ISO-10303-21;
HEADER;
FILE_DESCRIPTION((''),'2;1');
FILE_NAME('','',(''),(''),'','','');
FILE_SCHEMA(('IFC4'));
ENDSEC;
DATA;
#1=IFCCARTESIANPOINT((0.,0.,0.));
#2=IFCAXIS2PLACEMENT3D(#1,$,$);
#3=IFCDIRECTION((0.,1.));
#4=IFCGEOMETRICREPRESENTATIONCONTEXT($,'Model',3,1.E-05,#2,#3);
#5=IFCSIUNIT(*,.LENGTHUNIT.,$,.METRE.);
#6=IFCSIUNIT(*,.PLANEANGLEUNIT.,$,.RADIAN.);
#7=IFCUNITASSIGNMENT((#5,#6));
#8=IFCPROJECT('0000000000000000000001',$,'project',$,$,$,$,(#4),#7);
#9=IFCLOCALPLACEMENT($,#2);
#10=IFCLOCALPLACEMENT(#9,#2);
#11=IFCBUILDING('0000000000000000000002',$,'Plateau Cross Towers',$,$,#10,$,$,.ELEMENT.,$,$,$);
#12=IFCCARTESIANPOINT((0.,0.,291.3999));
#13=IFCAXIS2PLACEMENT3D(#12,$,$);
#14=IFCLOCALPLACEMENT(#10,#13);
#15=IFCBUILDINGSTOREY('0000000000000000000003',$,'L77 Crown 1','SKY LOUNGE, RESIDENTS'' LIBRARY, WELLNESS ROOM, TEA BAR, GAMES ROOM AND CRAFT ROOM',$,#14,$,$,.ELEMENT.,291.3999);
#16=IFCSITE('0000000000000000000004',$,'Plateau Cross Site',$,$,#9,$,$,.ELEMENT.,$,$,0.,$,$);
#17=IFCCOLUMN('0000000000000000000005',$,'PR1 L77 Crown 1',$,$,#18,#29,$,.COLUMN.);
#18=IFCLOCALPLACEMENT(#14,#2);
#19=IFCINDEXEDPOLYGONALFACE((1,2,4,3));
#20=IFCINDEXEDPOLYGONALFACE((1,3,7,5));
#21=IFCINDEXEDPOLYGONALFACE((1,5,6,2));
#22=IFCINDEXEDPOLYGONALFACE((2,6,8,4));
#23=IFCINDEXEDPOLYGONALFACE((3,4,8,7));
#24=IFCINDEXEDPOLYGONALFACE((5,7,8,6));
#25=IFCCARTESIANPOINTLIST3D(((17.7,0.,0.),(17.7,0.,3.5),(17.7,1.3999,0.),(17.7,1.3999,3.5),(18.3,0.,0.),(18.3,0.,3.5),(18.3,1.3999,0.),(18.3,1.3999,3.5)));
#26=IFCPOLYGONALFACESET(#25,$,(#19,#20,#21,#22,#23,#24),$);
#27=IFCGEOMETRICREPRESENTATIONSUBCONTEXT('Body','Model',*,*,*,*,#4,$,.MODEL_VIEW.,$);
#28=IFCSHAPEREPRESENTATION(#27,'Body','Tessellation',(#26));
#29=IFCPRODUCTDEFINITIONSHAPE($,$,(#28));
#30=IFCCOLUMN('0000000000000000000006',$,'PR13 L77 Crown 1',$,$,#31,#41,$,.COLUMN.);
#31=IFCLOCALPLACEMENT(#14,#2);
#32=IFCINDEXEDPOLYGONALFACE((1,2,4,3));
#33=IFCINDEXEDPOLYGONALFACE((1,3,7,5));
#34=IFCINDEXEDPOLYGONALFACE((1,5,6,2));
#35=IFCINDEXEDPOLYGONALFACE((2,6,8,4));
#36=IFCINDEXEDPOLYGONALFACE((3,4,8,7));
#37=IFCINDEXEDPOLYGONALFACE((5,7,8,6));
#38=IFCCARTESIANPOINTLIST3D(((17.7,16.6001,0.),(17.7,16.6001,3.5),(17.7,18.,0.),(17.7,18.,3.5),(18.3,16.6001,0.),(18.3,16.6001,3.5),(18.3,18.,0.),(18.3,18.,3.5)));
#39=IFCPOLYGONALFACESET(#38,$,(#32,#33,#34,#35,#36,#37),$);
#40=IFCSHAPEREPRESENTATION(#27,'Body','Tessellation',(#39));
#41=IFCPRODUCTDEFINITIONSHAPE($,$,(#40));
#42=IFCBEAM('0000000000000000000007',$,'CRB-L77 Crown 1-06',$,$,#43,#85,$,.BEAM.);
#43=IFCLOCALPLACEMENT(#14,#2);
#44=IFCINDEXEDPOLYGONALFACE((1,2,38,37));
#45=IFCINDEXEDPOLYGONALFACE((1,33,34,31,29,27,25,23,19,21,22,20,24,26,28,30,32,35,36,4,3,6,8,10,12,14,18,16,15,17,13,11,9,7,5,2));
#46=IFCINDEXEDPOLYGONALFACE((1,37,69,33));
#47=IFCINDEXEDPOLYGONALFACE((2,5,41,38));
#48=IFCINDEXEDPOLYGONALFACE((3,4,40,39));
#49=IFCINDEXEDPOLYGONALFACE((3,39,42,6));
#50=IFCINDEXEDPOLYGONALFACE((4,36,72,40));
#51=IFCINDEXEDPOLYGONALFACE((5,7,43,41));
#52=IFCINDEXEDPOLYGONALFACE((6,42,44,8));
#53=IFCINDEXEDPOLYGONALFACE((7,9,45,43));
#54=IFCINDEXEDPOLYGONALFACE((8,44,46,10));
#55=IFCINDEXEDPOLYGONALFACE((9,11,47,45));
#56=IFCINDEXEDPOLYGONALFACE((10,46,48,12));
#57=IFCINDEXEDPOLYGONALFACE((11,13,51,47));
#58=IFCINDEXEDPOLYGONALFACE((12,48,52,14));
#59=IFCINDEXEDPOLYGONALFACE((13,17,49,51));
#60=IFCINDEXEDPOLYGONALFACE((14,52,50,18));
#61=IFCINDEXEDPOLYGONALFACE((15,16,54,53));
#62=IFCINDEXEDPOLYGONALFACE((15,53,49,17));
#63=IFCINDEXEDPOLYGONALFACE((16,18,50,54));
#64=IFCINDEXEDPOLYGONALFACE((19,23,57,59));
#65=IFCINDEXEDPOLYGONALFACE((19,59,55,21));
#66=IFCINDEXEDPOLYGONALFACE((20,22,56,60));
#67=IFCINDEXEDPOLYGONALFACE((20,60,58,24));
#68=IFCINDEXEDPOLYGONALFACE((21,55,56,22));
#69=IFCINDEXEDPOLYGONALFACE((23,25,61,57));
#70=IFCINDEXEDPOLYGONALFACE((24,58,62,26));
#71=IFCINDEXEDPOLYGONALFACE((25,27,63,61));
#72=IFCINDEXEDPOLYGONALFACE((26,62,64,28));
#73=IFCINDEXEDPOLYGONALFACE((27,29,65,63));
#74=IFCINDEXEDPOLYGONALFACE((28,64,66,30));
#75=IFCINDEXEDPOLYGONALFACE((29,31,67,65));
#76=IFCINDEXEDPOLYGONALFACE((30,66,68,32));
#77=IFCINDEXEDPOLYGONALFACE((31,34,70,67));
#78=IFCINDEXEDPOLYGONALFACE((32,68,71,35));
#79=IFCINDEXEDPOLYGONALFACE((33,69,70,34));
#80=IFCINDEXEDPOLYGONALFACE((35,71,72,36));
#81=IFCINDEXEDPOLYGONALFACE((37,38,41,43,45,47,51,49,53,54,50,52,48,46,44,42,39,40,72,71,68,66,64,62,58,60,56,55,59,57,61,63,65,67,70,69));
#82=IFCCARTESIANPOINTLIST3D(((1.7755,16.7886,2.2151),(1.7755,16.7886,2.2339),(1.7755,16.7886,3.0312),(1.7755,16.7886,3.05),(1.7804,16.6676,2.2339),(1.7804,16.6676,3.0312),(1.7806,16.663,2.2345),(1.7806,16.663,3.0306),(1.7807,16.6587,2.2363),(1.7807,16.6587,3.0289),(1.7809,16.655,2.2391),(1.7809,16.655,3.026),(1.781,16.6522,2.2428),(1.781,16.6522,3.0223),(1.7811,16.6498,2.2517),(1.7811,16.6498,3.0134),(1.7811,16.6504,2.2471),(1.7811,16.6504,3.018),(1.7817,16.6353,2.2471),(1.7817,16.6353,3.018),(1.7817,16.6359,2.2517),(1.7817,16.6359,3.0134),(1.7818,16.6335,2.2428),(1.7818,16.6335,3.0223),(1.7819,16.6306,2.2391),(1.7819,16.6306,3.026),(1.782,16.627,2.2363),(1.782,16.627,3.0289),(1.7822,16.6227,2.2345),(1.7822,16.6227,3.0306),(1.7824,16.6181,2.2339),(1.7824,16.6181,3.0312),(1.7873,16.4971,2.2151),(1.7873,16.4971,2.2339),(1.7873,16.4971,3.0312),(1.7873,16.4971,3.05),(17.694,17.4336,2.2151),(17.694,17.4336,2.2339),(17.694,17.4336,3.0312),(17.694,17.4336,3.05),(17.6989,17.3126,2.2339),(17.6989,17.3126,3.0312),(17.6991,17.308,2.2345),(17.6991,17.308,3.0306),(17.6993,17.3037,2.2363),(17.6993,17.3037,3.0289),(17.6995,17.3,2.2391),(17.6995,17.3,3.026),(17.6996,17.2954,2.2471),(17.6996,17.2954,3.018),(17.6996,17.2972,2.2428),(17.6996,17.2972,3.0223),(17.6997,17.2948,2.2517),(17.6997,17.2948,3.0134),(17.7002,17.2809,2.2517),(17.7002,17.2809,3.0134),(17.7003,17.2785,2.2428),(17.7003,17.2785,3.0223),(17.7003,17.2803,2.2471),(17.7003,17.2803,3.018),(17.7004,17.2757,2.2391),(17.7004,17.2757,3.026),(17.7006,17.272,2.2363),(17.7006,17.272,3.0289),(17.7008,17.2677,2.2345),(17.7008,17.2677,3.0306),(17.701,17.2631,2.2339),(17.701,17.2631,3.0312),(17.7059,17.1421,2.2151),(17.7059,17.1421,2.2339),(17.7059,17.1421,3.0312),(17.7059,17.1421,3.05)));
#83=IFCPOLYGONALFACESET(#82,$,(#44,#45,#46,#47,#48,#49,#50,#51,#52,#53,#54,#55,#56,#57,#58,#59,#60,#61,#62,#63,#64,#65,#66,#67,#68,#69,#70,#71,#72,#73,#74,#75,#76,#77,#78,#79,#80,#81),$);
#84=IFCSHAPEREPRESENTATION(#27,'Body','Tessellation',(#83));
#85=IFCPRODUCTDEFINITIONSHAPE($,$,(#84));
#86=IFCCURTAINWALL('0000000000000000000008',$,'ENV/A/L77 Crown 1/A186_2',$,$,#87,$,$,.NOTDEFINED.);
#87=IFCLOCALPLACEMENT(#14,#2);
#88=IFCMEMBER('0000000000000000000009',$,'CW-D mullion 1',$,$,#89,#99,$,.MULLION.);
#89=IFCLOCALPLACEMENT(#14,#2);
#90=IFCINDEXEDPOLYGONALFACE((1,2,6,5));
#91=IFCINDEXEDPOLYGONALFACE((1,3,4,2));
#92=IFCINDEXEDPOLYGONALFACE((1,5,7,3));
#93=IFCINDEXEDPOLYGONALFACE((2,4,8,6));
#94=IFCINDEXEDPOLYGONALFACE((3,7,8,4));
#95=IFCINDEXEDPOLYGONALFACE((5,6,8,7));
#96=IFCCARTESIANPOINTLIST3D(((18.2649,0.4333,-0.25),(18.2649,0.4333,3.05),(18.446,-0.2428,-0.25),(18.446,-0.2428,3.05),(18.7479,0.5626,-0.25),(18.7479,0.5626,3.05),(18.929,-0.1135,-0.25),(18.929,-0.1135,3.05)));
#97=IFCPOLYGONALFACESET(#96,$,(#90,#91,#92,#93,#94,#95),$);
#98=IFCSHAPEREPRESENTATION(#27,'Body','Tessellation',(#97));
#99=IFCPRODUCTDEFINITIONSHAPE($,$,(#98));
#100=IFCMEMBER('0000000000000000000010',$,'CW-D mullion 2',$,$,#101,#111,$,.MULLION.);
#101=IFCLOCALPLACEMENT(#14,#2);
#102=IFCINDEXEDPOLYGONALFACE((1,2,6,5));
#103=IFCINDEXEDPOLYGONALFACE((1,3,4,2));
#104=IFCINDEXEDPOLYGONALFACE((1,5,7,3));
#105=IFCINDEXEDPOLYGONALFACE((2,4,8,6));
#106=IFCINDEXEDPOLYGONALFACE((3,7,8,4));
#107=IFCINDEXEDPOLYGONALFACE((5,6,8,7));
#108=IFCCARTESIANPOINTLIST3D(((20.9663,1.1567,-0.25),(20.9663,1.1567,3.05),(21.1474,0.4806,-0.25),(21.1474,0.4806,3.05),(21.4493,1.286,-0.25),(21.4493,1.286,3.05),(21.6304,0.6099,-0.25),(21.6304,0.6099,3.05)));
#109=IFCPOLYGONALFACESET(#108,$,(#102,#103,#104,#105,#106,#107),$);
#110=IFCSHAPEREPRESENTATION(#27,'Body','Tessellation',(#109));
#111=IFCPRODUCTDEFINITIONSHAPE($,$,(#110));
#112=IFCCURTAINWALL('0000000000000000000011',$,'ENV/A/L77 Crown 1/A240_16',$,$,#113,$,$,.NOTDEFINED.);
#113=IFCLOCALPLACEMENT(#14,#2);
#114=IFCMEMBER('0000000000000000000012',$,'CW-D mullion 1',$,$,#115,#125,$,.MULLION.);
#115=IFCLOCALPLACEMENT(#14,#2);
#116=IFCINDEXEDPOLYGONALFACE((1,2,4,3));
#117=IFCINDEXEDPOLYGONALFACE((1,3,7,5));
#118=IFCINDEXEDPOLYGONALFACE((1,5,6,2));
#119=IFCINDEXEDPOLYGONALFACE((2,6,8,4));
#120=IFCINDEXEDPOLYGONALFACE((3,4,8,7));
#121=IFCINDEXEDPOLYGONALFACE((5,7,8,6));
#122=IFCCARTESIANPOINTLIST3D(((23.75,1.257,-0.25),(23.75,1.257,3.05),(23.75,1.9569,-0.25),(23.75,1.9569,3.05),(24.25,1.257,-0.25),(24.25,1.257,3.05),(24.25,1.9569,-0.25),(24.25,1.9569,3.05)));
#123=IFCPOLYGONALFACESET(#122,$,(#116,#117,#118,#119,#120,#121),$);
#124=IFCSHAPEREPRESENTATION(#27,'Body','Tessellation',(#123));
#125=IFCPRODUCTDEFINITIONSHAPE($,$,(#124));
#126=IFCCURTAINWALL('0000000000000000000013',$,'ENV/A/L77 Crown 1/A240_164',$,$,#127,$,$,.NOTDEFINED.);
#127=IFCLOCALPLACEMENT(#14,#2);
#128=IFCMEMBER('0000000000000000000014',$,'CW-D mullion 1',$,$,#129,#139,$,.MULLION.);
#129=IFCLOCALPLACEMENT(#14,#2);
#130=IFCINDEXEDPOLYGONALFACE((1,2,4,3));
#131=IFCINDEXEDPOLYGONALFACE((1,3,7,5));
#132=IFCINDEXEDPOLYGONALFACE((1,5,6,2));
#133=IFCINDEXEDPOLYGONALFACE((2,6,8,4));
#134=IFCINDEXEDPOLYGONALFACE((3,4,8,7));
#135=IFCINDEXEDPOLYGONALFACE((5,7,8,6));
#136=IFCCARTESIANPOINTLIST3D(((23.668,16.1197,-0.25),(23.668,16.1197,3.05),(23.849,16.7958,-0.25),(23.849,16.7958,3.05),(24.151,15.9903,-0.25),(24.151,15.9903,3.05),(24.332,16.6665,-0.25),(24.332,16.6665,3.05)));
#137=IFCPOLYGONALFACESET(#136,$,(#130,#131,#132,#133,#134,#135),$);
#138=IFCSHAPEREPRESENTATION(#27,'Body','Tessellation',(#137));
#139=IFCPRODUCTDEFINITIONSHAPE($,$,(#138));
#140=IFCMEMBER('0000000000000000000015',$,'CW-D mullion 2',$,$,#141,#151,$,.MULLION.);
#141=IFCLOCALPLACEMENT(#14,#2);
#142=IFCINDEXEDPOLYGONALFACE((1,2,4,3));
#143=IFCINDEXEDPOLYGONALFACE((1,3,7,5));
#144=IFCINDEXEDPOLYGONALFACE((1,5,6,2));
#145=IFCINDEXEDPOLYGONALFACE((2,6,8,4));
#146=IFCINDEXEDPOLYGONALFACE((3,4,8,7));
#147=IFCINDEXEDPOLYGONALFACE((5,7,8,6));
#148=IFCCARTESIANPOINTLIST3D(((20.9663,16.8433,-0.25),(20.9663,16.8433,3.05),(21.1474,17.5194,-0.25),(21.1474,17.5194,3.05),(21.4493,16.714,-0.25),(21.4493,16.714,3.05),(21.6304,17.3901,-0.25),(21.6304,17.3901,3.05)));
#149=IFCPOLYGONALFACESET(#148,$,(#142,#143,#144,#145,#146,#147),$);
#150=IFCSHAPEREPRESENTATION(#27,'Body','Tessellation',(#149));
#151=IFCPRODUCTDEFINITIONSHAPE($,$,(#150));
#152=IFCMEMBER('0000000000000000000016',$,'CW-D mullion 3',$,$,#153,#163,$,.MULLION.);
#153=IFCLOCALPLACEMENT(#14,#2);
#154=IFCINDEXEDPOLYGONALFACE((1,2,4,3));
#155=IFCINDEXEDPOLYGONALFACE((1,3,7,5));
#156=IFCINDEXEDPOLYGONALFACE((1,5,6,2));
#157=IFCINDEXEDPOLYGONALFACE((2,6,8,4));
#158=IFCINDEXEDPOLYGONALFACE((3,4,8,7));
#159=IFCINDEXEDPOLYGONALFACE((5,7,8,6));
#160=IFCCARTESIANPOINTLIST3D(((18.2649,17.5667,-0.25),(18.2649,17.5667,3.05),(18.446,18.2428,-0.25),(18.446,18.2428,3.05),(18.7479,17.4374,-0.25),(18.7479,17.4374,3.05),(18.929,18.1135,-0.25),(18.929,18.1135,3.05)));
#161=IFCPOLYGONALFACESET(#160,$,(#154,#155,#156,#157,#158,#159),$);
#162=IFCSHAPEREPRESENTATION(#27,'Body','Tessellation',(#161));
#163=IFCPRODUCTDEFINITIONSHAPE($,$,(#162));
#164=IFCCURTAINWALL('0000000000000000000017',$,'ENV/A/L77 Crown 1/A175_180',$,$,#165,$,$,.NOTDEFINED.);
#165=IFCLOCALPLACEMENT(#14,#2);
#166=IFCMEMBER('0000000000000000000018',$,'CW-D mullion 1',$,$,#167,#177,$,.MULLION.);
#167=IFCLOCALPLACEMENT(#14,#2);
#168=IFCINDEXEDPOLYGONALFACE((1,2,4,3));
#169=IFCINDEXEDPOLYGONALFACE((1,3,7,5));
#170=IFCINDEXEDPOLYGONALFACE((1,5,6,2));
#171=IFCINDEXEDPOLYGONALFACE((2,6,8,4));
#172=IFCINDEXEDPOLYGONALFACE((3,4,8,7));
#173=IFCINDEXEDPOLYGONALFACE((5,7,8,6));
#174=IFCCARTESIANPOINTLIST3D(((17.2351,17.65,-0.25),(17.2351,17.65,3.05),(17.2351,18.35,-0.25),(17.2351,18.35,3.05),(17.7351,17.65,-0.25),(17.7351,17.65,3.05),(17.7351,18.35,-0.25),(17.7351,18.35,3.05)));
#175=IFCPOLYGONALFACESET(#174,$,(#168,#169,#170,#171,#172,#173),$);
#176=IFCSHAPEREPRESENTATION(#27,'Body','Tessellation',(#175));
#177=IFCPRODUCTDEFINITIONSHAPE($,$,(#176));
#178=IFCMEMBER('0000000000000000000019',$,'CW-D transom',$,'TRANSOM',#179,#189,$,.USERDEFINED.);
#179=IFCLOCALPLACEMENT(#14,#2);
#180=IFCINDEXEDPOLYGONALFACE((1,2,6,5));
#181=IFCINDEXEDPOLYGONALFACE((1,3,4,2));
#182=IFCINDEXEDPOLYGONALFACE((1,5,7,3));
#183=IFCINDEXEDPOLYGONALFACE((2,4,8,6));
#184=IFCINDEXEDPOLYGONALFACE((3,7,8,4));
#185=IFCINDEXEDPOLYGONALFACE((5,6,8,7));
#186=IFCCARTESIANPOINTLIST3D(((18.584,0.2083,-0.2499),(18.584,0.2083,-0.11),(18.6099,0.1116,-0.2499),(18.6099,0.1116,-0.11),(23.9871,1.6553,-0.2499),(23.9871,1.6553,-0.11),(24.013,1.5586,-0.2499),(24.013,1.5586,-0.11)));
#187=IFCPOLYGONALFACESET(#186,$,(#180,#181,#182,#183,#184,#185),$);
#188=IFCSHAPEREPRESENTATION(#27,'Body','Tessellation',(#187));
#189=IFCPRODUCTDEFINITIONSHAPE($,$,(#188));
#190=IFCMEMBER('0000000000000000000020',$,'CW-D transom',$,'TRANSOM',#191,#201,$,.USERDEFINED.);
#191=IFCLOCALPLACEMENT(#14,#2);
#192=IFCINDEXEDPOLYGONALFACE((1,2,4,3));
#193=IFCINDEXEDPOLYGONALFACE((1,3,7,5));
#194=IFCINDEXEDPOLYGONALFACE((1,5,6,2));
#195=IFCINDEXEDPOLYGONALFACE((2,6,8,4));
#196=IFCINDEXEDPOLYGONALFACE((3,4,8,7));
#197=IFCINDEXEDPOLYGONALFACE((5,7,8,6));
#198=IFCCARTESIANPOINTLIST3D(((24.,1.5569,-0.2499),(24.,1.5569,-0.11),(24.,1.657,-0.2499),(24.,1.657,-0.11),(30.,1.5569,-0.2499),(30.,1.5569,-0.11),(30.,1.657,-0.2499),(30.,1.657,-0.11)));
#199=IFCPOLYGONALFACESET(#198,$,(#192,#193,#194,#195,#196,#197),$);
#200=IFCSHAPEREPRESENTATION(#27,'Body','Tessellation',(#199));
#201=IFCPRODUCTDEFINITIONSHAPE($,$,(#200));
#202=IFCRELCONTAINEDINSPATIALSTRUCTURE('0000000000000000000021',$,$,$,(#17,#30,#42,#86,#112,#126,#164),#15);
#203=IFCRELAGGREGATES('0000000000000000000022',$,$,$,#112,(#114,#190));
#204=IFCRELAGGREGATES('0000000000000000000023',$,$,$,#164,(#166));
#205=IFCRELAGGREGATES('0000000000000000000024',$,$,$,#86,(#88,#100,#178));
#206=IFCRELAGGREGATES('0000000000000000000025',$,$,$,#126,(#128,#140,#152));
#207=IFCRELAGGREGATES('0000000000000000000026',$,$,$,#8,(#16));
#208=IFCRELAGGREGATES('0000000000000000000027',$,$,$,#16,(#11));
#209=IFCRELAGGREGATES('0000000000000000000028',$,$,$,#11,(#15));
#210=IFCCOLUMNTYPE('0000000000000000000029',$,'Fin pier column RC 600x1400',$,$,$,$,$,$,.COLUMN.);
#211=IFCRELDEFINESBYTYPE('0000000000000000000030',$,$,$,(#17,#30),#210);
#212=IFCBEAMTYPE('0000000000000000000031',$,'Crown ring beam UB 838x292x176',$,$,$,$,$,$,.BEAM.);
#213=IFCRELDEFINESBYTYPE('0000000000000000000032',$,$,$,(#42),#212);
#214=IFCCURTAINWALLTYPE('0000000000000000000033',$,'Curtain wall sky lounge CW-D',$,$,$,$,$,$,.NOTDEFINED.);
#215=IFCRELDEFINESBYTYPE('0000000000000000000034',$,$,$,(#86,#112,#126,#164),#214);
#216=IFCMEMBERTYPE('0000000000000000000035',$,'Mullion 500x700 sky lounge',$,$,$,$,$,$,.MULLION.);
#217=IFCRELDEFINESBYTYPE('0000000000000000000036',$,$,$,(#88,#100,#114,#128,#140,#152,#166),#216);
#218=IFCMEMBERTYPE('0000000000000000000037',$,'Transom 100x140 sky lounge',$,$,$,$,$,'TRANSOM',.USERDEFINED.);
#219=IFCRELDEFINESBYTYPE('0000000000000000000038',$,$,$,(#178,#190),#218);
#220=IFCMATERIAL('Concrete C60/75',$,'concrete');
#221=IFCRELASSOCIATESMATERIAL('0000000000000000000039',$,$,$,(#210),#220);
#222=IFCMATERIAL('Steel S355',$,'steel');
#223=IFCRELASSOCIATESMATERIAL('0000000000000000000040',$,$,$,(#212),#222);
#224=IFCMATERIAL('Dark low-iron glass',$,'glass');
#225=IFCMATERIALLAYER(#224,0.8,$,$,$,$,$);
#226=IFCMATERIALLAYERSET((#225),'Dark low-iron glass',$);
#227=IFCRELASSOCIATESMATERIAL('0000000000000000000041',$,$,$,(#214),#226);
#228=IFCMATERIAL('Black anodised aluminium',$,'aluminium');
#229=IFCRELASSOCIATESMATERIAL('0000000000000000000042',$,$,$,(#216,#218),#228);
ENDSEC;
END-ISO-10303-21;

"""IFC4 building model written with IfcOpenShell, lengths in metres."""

from ifc_helpers import new_model, si_unit, direction, frame, origin, origin_2d, place, context, subcontext, project, spatial, rectangle, i_section, extrude, material, layer, layer_set, material_profile, profile_set, type_object, element, aggregate, save


model = new_model("IFC4")

# Units and contexts
model_context = context("Model", 3, precision=1e-05, world=origin(), true_north=direction((0.0, 1.0)))
body_context = subcontext(model_context, "Body", "Model", "MODEL_VIEW")
ifc_project = project(units=[si_unit("LENGTHUNIT", "METRE"), si_unit("PLANEANGLEUNIT", "RADIAN")], contexts=[model_context])

# Site, building, storey
site_placement = place(None, origin())
site = spatial("IfcSite", under=ifc_project, at=site_placement, Name="Plateau Cross Site", CompositionType="ELEMENT", RefElevation=0.0)
building_placement = place(site_placement, origin())
building = spatial("IfcBuilding", under=site, at=building_placement, Name="Plateau Cross Towers", CompositionType="ELEMENT")
storey_placement = place(building_placement, frame((0.0, 0.0, 291.3999)))
storey = spatial("IfcBuildingStorey", under=building, at=storey_placement, Name="L77 Crown 1", Description="SKY LOUNGE, RESIDENTS' LIBRARY, WELLNESS ROOM, TEA BAR, GAMES ROOM AND CRAFT ROOM", CompositionType="ELEMENT", Elevation=291.3999)

# Columns
ifc_material_1 = material(Name="Concrete C60/75", Category="concrete")
ifc_material_profile_1 = material_profile(ifc_material_1, rectangle(XDim=0.6001, YDim=1.3999, at=origin_2d()), Name="RC 600x1400")
ifc_profile_set_1 = profile_set([ifc_material_profile_1], Name="Concrete C60/75")
column_type = type_object("IfcColumnType", Name="Fin pier column RC 600x1400", PredefinedType="COLUMN", material=ifc_profile_set_1)
for number, where, z_axis, x_axis, name in (
    (1, (18.0, 0.7, 0.0), (0.0, 0.0, 1.0), (1.0, 0.0, 0.0), "PR1 L77 Crown 1"),
    (2, (18.0, 17.3, 0.0), (0.0, 0.0, 1.0), (1.0, 0.0, 0.0), "PR13 L77 Crown 1"),
):
    element("IfcColumn", number, at=place(storey_placement, frame(where, z_axis=z_axis, x_axis=x_axis)), inside=storey, type_object=column_type, Name=name, PredefinedType="COLUMN", context=body_context, shape_type="SweptSolid", body=[
        extrude(rectangle(XDim=0.6001, YDim=1.3999, at=origin_2d()), origin(), (0.0, 0.0, 1.0), 3.5),
    ])

# Beam
ifc_material_2 = material(Name="Steel S355", Category="steel")
ifc_material_profile_2 = material_profile(ifc_material_2, i_section(OverallWidth=0.2917, OverallDepth=0.835, WebThickness=0.0139, FlangeThickness=0.0188, FilletRadius=0.0178, at=origin_2d()), Name="UB 838x292x176")
ifc_profile_set_2 = profile_set([ifc_material_profile_2], Name="Steel S355")
beam_type = type_object("IfcBeamType", Name="Crown ring beam UB 838x292x176", PredefinedType="BEAM", material=ifc_profile_set_2)
beam_placement = place(storey_placement, frame((17.7, 17.2878, 2.6326), z_axis=(-0.99918, -0.040487, 0.0), x_axis=(0.040487, -0.99918, 0.0)))
element("IfcBeam", 3, at=beam_placement, inside=storey, type_object=beam_type, Name="CRB-L77 Crown 1-06", PredefinedType="BEAM", context=body_context, shape_type="SweptSolid", body=[
    extrude(i_section(OverallWidth=0.2917, OverallDepth=0.835, WebThickness=0.0139, FlangeThickness=0.0188, FilletRadius=0.0178, at=origin_2d()), origin(), (0.0, 0.0, 1.0), 15.9316),
])

# Curtain wall, members
ifc_material_3 = material(Name="Dark low-iron glass", Category="glass")
ifc_layer_1 = layer(ifc_material_3, 0.8)
ifc_layer_set_1 = layer_set([ifc_layer_1], Name="Dark low-iron glass")
curtain_wall_type = type_object("IfcCurtainWallType", Name="Curtain wall sky lounge CW-D", PredefinedType="NOTDEFINED", material=ifc_layer_set_1)
curtain_wall_1_placement = place(storey_placement, origin())
curtain_wall_1 = element("IfcCurtainWall", 4, at=curtain_wall_1_placement, inside=storey, type_object=curtain_wall_type, Name="ENV/A/L77 Crown 1/A186_2", PredefinedType="NOTDEFINED")
ifc_material_4 = material(Name="Black anodised aluminium", Category="aluminium")
ifc_material_profile_3 = material_profile(ifc_material_4, rectangle(XDim=0.5, YDim=0.7, at=origin_2d()), Name="MULLION 500x700")
ifc_profile_set_3 = profile_set([ifc_material_profile_3], Name="Black anodised aluminium")
member_type_1 = type_object("IfcMemberType", Name="Mullion 500x700 sky lounge", PredefinedType="MULLION", material=ifc_profile_set_3)
member_1_placement = place(storey_placement, frame((18.5969, 0.1599, -0.25), z_axis=(0.0, 0.0, 1.0), x_axis=(0.965958, 0.258699, 0.0)))
member_1 = element("IfcMember", 5, at=member_1_placement, type_object=member_type_1, Name="CW-D mullion 1", PredefinedType="MULLION", context=body_context, shape_type="SweptSolid", body=[
    extrude(rectangle(XDim=0.5, YDim=0.7, at=origin_2d()), origin(), (0.0, 0.0, 1.0), 3.3),
])
member_2_placement = place(storey_placement, frame((21.2983, 0.8833, -0.25), z_axis=(0.0, 0.0, 1.0), x_axis=(0.965958, 0.258699, 0.0)))
member_2 = element("IfcMember", 6, at=member_2_placement, type_object=member_type_1, Name="CW-D mullion 2", PredefinedType="MULLION", context=body_context, shape_type="SweptSolid", body=[
    extrude(rectangle(XDim=0.5, YDim=0.7, at=origin_2d()), origin(), (0.0, 0.0, 1.0), 3.3),
])

# Curtain wall, member
curtain_wall_2_placement = place(storey_placement, origin())
curtain_wall_2 = element("IfcCurtainWall", 7, at=curtain_wall_2_placement, inside=storey, type_object=curtain_wall_type, Name="ENV/A/L77 Crown 1/A240_16", PredefinedType="NOTDEFINED")
member_3_placement = place(storey_placement, frame((24.0, 1.6069, -0.25), z_axis=(0.0, 0.0, 1.0), x_axis=(1.0, 0.0, 0.0)))
member_3 = element("IfcMember", 8, at=member_3_placement, type_object=member_type_1, Name="CW-D mullion 1", PredefinedType="MULLION", context=body_context, shape_type="SweptSolid", body=[
    extrude(rectangle(XDim=0.5, YDim=0.7, at=origin_2d()), origin(), (0.0, 0.0, 1.0), 3.3),
])

# Curtain wall, members
curtain_wall_3_placement = place(storey_placement, origin())
curtain_wall_3 = element("IfcCurtainWall", 9, at=curtain_wall_3_placement, inside=storey, type_object=curtain_wall_type, Name="ENV/A/L77 Crown 1/A240_164", PredefinedType="NOTDEFINED")
member_4_placement = place(storey_placement, frame((24.0, 16.3931, -0.25), z_axis=(0.0, 0.0, 1.0), x_axis=(-0.965958, 0.258699, 0.0)))
member_4 = element("IfcMember", 10, at=member_4_placement, type_object=member_type_1, Name="CW-D mullion 1", PredefinedType="MULLION", context=body_context, shape_type="SweptSolid", body=[
    extrude(rectangle(XDim=0.5, YDim=0.7, at=origin_2d()), origin(), (0.0, 0.0, 1.0), 3.3),
])
member_5_placement = place(storey_placement, frame((21.2983, 17.1167, -0.25), z_axis=(0.0, 0.0, 1.0), x_axis=(-0.965958, 0.258699, 0.0)))
member_5 = element("IfcMember", 11, at=member_5_placement, type_object=member_type_1, Name="CW-D mullion 2", PredefinedType="MULLION", context=body_context, shape_type="SweptSolid", body=[
    extrude(rectangle(XDim=0.5, YDim=0.7, at=origin_2d()), origin(), (0.0, 0.0, 1.0), 3.3),
])
member_6_placement = place(storey_placement, frame((18.5969, 17.8401, -0.25), z_axis=(0.0, 0.0, 1.0), x_axis=(-0.965958, 0.258699, 0.0)))
member_6 = element("IfcMember", 12, at=member_6_placement, type_object=member_type_1, Name="CW-D mullion 3", PredefinedType="MULLION", context=body_context, shape_type="SweptSolid", body=[
    extrude(rectangle(XDim=0.5, YDim=0.7, at=origin_2d()), origin(), (0.0, 0.0, 1.0), 3.3),
])

# Curtain wall, member
curtain_wall_4_placement = place(storey_placement, origin())
curtain_wall_4 = element("IfcCurtainWall", 13, at=curtain_wall_4_placement, inside=storey, type_object=curtain_wall_type, Name="ENV/A/L77 Crown 1/A175_180", PredefinedType="NOTDEFINED")
member_7_placement = place(storey_placement, frame((17.4851, 18.0, -0.25), z_axis=(0.0, 0.0, 1.0), x_axis=(-1.0, 0.0, 0.0)))
member_7 = element("IfcMember", 14, at=member_7_placement, type_object=member_type_1, Name="CW-D mullion 1", PredefinedType="MULLION", context=body_context, shape_type="SweptSolid", body=[
    extrude(rectangle(XDim=0.5, YDim=0.7, at=origin_2d()), origin(), (0.0, 0.0, 1.0), 3.3),
])

# Members
ifc_material_profile_4 = material_profile(ifc_material_4, rectangle(XDim=0.1001, YDim=0.1399, at=origin_2d()), Name="TRANSOM 100x140")
ifc_profile_set_4 = profile_set([ifc_material_profile_4], Name="Black anodised aluminium")
member_type_2 = type_object("IfcMemberType", Name="Transom 100x140 sky lounge", ElementType="TRANSOM", PredefinedType="USERDEFINED", material=ifc_profile_set_4)
member_8_placement = place(storey_placement, frame((18.5969, 0.1599, -0.1799), z_axis=(0.965958, 0.258698, 0.0), x_axis=(-0.258698, 0.965958, 0.0)))
member_8 = element("IfcMember", 15, at=member_8_placement, type_object=member_type_2, Name="CW-D transom", ObjectType="TRANSOM", PredefinedType="USERDEFINED", context=body_context, shape_type="SweptSolid", body=[
    extrude(rectangle(XDim=0.1001, YDim=0.1399, at=origin_2d()), origin(), (0.0, 0.0, 1.0), 5.5935),
])
member_9_placement = place(storey_placement, frame((24.0, 1.6069, -0.1799), z_axis=(1.0, 0.0, 0.0), x_axis=(0.0, 1.0, 0.0)))
member_9 = element("IfcMember", 16, at=member_9_placement, type_object=member_type_2, Name="CW-D transom", ObjectType="TRANSOM", PredefinedType="USERDEFINED", context=body_context, shape_type="SweptSolid", body=[
    extrude(rectangle(XDim=0.1001, YDim=0.1399, at=origin_2d()), origin(), (0.0, 0.0, 1.0), 6.0),
])
aggregate(curtain_wall_2, [member_3, member_9])
aggregate(curtain_wall_4, [member_7])

aggregate(curtain_wall_1, [member_1, member_2, member_8])
aggregate(curtain_wall_3, [member_4, member_5, member_6])

save(model, "model.ifc")
